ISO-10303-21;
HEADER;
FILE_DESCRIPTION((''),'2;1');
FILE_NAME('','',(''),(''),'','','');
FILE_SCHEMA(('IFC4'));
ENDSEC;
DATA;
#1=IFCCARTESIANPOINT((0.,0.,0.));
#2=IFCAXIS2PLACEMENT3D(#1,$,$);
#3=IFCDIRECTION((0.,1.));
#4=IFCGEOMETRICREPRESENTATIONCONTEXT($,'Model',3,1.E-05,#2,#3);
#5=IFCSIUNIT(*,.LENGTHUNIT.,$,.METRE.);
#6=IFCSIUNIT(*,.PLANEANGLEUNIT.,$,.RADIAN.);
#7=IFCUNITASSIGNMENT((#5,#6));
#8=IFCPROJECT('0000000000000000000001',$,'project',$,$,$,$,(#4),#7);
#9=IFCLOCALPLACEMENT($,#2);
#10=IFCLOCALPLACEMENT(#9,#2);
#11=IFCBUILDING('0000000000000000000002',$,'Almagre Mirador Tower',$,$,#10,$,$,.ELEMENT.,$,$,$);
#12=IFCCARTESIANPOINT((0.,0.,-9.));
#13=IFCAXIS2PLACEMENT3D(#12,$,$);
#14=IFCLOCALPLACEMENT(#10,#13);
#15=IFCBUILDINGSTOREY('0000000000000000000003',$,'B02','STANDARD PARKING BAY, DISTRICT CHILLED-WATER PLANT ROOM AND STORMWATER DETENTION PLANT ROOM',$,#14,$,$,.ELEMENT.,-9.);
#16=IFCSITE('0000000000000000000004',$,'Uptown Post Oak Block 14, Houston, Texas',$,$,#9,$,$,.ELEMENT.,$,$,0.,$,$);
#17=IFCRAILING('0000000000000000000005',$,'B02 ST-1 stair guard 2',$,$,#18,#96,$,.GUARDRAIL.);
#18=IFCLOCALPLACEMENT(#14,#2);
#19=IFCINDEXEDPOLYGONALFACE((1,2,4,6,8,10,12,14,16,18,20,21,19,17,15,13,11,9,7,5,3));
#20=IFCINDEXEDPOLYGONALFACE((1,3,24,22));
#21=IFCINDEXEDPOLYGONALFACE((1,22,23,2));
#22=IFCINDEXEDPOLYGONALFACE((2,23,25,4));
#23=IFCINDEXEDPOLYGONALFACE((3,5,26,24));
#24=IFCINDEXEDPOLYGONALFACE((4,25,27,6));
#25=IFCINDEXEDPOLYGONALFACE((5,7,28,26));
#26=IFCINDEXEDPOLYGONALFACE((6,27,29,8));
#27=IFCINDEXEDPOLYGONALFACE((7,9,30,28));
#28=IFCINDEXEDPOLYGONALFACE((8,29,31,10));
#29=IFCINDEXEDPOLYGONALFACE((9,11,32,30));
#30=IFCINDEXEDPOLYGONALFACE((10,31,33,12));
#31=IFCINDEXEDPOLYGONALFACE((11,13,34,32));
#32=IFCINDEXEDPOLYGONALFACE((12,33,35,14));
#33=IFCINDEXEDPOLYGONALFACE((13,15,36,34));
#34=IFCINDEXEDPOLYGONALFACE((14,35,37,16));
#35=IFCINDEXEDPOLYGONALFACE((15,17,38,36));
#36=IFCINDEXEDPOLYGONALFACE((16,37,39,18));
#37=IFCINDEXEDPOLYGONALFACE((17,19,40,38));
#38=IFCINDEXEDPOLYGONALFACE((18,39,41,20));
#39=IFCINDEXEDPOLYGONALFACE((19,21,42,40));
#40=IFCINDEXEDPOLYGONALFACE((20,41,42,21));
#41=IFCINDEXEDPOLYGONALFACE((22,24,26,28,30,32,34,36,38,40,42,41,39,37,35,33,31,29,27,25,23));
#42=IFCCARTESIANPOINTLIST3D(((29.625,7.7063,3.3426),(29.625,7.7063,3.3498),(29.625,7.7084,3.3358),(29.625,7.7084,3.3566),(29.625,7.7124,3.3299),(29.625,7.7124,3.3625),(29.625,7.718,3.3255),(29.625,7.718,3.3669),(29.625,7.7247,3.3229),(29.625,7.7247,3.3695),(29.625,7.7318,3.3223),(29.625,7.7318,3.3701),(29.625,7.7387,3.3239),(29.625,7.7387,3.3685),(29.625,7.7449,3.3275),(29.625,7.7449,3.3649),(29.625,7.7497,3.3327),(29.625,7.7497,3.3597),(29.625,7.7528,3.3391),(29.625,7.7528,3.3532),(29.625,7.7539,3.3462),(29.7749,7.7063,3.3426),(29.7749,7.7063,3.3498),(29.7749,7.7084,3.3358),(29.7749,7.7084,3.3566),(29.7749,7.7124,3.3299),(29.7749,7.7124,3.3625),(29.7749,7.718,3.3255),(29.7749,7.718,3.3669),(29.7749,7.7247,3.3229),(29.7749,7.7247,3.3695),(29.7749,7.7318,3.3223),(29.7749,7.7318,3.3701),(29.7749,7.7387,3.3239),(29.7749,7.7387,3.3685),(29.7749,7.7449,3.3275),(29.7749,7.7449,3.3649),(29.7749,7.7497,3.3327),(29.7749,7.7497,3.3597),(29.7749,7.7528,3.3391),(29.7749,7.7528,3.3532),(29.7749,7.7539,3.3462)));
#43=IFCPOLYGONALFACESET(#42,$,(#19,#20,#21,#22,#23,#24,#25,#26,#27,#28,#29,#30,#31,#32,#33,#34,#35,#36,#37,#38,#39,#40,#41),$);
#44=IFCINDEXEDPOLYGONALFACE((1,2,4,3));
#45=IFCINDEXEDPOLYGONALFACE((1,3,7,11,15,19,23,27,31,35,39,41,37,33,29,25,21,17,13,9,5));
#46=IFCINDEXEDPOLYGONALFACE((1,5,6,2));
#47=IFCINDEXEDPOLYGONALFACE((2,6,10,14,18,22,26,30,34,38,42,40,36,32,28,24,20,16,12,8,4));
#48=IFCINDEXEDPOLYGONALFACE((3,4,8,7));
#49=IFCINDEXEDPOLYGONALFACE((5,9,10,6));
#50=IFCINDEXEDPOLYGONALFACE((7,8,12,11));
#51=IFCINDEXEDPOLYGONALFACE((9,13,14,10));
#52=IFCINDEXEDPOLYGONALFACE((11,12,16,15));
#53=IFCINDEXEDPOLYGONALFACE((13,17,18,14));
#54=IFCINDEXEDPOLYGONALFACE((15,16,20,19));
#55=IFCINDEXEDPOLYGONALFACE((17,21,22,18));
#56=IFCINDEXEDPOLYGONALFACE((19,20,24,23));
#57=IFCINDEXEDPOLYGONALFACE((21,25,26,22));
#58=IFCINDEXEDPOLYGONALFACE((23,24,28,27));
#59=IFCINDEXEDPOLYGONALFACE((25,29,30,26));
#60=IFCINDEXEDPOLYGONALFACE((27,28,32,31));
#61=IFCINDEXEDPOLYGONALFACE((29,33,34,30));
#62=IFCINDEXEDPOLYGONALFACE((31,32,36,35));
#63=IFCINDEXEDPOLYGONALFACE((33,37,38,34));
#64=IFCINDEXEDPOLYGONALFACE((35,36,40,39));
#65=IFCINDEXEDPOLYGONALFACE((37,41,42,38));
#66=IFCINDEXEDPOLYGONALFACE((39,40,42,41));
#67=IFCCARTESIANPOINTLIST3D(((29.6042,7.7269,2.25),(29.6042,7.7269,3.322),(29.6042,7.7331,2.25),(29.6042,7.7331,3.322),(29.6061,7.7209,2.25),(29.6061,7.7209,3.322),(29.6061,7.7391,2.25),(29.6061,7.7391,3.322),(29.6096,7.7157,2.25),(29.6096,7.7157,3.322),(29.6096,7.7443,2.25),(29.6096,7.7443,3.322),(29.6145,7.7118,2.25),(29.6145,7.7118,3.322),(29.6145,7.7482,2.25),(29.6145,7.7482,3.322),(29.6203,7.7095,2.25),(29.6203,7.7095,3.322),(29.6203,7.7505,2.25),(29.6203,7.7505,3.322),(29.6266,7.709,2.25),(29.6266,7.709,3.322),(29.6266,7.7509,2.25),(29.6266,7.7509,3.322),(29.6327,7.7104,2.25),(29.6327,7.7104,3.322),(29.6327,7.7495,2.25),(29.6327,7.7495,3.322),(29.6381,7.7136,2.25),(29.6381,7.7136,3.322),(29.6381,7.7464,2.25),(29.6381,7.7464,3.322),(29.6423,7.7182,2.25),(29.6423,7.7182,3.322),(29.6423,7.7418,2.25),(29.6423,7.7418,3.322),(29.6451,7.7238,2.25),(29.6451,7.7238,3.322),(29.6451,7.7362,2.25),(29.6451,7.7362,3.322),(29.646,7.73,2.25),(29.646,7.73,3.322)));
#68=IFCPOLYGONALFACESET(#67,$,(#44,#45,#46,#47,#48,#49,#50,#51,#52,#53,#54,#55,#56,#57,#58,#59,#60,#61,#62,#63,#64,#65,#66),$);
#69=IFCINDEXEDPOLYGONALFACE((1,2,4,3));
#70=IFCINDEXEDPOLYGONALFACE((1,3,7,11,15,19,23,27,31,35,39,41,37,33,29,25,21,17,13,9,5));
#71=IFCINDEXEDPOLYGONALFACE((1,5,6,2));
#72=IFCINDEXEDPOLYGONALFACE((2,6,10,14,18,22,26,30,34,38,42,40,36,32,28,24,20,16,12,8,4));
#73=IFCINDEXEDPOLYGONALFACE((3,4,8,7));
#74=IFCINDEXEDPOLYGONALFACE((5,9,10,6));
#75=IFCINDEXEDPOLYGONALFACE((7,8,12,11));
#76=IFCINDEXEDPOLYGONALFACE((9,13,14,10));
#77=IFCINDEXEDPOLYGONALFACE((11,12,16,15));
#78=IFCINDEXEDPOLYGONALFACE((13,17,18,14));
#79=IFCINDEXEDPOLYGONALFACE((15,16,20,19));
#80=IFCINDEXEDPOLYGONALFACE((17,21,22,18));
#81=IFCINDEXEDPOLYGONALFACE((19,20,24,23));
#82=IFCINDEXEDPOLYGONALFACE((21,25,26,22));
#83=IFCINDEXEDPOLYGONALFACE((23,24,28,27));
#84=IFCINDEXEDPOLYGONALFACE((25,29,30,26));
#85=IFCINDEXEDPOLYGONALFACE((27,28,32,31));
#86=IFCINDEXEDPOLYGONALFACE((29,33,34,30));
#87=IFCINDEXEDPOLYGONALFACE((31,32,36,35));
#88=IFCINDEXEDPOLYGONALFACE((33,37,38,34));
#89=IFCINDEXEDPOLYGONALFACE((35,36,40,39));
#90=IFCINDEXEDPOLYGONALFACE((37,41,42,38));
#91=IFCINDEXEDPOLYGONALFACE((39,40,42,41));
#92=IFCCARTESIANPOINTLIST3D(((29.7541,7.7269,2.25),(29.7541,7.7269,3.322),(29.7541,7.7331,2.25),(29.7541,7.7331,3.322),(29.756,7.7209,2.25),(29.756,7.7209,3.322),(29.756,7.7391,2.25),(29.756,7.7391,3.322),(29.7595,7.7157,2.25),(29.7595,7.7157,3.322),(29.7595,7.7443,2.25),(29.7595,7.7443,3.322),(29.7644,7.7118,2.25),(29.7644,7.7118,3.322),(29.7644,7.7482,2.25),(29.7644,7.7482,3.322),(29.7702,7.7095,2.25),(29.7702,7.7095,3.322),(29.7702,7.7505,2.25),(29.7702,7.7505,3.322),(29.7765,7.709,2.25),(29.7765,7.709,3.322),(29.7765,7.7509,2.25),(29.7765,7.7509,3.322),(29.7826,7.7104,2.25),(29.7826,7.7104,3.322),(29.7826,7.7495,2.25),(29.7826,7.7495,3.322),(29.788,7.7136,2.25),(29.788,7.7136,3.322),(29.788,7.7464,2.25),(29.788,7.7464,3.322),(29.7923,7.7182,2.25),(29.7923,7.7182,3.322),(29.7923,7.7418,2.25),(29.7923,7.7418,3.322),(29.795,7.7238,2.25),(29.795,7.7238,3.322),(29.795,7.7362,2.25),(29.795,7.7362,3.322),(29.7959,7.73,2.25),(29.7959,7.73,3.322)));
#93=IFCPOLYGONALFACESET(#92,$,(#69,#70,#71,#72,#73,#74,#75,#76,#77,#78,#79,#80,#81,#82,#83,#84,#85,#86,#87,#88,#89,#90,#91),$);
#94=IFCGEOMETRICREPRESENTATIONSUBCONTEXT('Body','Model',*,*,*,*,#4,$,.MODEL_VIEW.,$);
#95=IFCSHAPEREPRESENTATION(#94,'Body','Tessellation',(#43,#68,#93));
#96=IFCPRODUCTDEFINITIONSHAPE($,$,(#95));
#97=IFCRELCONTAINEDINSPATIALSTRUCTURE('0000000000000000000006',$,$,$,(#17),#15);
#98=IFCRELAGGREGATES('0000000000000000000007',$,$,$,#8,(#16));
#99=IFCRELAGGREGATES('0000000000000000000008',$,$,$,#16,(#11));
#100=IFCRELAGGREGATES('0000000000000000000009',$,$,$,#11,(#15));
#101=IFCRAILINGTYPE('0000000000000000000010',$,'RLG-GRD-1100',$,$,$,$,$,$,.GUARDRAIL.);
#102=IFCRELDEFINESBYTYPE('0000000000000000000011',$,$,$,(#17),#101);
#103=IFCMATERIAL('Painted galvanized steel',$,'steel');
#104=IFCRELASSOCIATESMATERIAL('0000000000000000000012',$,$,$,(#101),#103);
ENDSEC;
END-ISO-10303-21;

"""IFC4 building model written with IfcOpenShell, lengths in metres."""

from ifc_helpers import new_model, si_unit, direction, frame, origin, origin_2d, place, context, subcontext, project, spatial, circle, extrude, material, type_object, element, save


model = new_model("IFC4")

# Units and contexts
model_context = context("Model", 3, precision=1e-05, world=origin(), true_north=direction((0.0, 1.0)))
body_context = subcontext(model_context, "Body", "Model", "MODEL_VIEW")
ifc_project = project(units=[si_unit("LENGTHUNIT", "METRE"), si_unit("PLANEANGLEUNIT", "RADIAN")], contexts=[model_context])

# Site, building, storey
site_placement = place(None, origin())
site = spatial("IfcSite", under=ifc_project, at=site_placement, Name="Uptown Post Oak Block 14, Houston, Texas", CompositionType="ELEMENT", RefElevation=0.0)
building_placement = place(site_placement, origin())
building = spatial("IfcBuilding", under=site, at=building_placement, Name="Almagre Mirador Tower", CompositionType="ELEMENT")
storey_placement = place(building_placement, frame((0.0, 0.0, -9.0)))
storey = spatial("IfcBuildingStorey", under=building, at=storey_placement, Name="B02", Description="STANDARD PARKING BAY, DISTRICT CHILLED-WATER PLANT ROOM AND STORMWATER DETENTION PLANT ROOM", CompositionType="ELEMENT", Elevation=-9.0)

# Railing
ifc_material_1 = material(Name="Painted galvanized steel", Category="steel")
railing_type_1 = type_object("IfcRailingType", Name="RLG-GRD-1100", PredefinedType="GUARDRAIL", material=ifc_material_1)
railing_1_placement = place(storey_placement, frame((29.625, 7.73, 2.25)))
element("IfcRailing", 1, at=railing_1_placement, inside=storey, type_object=railing_type_1, Name="B02 ST-1 stair guard 2", PredefinedType="GUARDRAIL", context=body_context, shape_type="SweptSolid", body=[
    extrude(circle(Radius=0.0239, at=origin_2d()), frame((0.0, 0.0, 1.0962), z_axis=(1.0, 0.0, 0.0), x_axis=(0.0, 1.0, 0.0)), (0.0, 0.0, 1.0), 0.1499),
    extrude(circle(Radius=0.021, at=origin_2d()), origin(), (0.0, 0.0, 1.0), 1.072),
    extrude(circle(Radius=0.021, at=origin_2d()), frame((0.1499, 0.0, 0.0)), (0.0, 0.0, 1.0), 1.072),
])

save(model, "model.ifc")
